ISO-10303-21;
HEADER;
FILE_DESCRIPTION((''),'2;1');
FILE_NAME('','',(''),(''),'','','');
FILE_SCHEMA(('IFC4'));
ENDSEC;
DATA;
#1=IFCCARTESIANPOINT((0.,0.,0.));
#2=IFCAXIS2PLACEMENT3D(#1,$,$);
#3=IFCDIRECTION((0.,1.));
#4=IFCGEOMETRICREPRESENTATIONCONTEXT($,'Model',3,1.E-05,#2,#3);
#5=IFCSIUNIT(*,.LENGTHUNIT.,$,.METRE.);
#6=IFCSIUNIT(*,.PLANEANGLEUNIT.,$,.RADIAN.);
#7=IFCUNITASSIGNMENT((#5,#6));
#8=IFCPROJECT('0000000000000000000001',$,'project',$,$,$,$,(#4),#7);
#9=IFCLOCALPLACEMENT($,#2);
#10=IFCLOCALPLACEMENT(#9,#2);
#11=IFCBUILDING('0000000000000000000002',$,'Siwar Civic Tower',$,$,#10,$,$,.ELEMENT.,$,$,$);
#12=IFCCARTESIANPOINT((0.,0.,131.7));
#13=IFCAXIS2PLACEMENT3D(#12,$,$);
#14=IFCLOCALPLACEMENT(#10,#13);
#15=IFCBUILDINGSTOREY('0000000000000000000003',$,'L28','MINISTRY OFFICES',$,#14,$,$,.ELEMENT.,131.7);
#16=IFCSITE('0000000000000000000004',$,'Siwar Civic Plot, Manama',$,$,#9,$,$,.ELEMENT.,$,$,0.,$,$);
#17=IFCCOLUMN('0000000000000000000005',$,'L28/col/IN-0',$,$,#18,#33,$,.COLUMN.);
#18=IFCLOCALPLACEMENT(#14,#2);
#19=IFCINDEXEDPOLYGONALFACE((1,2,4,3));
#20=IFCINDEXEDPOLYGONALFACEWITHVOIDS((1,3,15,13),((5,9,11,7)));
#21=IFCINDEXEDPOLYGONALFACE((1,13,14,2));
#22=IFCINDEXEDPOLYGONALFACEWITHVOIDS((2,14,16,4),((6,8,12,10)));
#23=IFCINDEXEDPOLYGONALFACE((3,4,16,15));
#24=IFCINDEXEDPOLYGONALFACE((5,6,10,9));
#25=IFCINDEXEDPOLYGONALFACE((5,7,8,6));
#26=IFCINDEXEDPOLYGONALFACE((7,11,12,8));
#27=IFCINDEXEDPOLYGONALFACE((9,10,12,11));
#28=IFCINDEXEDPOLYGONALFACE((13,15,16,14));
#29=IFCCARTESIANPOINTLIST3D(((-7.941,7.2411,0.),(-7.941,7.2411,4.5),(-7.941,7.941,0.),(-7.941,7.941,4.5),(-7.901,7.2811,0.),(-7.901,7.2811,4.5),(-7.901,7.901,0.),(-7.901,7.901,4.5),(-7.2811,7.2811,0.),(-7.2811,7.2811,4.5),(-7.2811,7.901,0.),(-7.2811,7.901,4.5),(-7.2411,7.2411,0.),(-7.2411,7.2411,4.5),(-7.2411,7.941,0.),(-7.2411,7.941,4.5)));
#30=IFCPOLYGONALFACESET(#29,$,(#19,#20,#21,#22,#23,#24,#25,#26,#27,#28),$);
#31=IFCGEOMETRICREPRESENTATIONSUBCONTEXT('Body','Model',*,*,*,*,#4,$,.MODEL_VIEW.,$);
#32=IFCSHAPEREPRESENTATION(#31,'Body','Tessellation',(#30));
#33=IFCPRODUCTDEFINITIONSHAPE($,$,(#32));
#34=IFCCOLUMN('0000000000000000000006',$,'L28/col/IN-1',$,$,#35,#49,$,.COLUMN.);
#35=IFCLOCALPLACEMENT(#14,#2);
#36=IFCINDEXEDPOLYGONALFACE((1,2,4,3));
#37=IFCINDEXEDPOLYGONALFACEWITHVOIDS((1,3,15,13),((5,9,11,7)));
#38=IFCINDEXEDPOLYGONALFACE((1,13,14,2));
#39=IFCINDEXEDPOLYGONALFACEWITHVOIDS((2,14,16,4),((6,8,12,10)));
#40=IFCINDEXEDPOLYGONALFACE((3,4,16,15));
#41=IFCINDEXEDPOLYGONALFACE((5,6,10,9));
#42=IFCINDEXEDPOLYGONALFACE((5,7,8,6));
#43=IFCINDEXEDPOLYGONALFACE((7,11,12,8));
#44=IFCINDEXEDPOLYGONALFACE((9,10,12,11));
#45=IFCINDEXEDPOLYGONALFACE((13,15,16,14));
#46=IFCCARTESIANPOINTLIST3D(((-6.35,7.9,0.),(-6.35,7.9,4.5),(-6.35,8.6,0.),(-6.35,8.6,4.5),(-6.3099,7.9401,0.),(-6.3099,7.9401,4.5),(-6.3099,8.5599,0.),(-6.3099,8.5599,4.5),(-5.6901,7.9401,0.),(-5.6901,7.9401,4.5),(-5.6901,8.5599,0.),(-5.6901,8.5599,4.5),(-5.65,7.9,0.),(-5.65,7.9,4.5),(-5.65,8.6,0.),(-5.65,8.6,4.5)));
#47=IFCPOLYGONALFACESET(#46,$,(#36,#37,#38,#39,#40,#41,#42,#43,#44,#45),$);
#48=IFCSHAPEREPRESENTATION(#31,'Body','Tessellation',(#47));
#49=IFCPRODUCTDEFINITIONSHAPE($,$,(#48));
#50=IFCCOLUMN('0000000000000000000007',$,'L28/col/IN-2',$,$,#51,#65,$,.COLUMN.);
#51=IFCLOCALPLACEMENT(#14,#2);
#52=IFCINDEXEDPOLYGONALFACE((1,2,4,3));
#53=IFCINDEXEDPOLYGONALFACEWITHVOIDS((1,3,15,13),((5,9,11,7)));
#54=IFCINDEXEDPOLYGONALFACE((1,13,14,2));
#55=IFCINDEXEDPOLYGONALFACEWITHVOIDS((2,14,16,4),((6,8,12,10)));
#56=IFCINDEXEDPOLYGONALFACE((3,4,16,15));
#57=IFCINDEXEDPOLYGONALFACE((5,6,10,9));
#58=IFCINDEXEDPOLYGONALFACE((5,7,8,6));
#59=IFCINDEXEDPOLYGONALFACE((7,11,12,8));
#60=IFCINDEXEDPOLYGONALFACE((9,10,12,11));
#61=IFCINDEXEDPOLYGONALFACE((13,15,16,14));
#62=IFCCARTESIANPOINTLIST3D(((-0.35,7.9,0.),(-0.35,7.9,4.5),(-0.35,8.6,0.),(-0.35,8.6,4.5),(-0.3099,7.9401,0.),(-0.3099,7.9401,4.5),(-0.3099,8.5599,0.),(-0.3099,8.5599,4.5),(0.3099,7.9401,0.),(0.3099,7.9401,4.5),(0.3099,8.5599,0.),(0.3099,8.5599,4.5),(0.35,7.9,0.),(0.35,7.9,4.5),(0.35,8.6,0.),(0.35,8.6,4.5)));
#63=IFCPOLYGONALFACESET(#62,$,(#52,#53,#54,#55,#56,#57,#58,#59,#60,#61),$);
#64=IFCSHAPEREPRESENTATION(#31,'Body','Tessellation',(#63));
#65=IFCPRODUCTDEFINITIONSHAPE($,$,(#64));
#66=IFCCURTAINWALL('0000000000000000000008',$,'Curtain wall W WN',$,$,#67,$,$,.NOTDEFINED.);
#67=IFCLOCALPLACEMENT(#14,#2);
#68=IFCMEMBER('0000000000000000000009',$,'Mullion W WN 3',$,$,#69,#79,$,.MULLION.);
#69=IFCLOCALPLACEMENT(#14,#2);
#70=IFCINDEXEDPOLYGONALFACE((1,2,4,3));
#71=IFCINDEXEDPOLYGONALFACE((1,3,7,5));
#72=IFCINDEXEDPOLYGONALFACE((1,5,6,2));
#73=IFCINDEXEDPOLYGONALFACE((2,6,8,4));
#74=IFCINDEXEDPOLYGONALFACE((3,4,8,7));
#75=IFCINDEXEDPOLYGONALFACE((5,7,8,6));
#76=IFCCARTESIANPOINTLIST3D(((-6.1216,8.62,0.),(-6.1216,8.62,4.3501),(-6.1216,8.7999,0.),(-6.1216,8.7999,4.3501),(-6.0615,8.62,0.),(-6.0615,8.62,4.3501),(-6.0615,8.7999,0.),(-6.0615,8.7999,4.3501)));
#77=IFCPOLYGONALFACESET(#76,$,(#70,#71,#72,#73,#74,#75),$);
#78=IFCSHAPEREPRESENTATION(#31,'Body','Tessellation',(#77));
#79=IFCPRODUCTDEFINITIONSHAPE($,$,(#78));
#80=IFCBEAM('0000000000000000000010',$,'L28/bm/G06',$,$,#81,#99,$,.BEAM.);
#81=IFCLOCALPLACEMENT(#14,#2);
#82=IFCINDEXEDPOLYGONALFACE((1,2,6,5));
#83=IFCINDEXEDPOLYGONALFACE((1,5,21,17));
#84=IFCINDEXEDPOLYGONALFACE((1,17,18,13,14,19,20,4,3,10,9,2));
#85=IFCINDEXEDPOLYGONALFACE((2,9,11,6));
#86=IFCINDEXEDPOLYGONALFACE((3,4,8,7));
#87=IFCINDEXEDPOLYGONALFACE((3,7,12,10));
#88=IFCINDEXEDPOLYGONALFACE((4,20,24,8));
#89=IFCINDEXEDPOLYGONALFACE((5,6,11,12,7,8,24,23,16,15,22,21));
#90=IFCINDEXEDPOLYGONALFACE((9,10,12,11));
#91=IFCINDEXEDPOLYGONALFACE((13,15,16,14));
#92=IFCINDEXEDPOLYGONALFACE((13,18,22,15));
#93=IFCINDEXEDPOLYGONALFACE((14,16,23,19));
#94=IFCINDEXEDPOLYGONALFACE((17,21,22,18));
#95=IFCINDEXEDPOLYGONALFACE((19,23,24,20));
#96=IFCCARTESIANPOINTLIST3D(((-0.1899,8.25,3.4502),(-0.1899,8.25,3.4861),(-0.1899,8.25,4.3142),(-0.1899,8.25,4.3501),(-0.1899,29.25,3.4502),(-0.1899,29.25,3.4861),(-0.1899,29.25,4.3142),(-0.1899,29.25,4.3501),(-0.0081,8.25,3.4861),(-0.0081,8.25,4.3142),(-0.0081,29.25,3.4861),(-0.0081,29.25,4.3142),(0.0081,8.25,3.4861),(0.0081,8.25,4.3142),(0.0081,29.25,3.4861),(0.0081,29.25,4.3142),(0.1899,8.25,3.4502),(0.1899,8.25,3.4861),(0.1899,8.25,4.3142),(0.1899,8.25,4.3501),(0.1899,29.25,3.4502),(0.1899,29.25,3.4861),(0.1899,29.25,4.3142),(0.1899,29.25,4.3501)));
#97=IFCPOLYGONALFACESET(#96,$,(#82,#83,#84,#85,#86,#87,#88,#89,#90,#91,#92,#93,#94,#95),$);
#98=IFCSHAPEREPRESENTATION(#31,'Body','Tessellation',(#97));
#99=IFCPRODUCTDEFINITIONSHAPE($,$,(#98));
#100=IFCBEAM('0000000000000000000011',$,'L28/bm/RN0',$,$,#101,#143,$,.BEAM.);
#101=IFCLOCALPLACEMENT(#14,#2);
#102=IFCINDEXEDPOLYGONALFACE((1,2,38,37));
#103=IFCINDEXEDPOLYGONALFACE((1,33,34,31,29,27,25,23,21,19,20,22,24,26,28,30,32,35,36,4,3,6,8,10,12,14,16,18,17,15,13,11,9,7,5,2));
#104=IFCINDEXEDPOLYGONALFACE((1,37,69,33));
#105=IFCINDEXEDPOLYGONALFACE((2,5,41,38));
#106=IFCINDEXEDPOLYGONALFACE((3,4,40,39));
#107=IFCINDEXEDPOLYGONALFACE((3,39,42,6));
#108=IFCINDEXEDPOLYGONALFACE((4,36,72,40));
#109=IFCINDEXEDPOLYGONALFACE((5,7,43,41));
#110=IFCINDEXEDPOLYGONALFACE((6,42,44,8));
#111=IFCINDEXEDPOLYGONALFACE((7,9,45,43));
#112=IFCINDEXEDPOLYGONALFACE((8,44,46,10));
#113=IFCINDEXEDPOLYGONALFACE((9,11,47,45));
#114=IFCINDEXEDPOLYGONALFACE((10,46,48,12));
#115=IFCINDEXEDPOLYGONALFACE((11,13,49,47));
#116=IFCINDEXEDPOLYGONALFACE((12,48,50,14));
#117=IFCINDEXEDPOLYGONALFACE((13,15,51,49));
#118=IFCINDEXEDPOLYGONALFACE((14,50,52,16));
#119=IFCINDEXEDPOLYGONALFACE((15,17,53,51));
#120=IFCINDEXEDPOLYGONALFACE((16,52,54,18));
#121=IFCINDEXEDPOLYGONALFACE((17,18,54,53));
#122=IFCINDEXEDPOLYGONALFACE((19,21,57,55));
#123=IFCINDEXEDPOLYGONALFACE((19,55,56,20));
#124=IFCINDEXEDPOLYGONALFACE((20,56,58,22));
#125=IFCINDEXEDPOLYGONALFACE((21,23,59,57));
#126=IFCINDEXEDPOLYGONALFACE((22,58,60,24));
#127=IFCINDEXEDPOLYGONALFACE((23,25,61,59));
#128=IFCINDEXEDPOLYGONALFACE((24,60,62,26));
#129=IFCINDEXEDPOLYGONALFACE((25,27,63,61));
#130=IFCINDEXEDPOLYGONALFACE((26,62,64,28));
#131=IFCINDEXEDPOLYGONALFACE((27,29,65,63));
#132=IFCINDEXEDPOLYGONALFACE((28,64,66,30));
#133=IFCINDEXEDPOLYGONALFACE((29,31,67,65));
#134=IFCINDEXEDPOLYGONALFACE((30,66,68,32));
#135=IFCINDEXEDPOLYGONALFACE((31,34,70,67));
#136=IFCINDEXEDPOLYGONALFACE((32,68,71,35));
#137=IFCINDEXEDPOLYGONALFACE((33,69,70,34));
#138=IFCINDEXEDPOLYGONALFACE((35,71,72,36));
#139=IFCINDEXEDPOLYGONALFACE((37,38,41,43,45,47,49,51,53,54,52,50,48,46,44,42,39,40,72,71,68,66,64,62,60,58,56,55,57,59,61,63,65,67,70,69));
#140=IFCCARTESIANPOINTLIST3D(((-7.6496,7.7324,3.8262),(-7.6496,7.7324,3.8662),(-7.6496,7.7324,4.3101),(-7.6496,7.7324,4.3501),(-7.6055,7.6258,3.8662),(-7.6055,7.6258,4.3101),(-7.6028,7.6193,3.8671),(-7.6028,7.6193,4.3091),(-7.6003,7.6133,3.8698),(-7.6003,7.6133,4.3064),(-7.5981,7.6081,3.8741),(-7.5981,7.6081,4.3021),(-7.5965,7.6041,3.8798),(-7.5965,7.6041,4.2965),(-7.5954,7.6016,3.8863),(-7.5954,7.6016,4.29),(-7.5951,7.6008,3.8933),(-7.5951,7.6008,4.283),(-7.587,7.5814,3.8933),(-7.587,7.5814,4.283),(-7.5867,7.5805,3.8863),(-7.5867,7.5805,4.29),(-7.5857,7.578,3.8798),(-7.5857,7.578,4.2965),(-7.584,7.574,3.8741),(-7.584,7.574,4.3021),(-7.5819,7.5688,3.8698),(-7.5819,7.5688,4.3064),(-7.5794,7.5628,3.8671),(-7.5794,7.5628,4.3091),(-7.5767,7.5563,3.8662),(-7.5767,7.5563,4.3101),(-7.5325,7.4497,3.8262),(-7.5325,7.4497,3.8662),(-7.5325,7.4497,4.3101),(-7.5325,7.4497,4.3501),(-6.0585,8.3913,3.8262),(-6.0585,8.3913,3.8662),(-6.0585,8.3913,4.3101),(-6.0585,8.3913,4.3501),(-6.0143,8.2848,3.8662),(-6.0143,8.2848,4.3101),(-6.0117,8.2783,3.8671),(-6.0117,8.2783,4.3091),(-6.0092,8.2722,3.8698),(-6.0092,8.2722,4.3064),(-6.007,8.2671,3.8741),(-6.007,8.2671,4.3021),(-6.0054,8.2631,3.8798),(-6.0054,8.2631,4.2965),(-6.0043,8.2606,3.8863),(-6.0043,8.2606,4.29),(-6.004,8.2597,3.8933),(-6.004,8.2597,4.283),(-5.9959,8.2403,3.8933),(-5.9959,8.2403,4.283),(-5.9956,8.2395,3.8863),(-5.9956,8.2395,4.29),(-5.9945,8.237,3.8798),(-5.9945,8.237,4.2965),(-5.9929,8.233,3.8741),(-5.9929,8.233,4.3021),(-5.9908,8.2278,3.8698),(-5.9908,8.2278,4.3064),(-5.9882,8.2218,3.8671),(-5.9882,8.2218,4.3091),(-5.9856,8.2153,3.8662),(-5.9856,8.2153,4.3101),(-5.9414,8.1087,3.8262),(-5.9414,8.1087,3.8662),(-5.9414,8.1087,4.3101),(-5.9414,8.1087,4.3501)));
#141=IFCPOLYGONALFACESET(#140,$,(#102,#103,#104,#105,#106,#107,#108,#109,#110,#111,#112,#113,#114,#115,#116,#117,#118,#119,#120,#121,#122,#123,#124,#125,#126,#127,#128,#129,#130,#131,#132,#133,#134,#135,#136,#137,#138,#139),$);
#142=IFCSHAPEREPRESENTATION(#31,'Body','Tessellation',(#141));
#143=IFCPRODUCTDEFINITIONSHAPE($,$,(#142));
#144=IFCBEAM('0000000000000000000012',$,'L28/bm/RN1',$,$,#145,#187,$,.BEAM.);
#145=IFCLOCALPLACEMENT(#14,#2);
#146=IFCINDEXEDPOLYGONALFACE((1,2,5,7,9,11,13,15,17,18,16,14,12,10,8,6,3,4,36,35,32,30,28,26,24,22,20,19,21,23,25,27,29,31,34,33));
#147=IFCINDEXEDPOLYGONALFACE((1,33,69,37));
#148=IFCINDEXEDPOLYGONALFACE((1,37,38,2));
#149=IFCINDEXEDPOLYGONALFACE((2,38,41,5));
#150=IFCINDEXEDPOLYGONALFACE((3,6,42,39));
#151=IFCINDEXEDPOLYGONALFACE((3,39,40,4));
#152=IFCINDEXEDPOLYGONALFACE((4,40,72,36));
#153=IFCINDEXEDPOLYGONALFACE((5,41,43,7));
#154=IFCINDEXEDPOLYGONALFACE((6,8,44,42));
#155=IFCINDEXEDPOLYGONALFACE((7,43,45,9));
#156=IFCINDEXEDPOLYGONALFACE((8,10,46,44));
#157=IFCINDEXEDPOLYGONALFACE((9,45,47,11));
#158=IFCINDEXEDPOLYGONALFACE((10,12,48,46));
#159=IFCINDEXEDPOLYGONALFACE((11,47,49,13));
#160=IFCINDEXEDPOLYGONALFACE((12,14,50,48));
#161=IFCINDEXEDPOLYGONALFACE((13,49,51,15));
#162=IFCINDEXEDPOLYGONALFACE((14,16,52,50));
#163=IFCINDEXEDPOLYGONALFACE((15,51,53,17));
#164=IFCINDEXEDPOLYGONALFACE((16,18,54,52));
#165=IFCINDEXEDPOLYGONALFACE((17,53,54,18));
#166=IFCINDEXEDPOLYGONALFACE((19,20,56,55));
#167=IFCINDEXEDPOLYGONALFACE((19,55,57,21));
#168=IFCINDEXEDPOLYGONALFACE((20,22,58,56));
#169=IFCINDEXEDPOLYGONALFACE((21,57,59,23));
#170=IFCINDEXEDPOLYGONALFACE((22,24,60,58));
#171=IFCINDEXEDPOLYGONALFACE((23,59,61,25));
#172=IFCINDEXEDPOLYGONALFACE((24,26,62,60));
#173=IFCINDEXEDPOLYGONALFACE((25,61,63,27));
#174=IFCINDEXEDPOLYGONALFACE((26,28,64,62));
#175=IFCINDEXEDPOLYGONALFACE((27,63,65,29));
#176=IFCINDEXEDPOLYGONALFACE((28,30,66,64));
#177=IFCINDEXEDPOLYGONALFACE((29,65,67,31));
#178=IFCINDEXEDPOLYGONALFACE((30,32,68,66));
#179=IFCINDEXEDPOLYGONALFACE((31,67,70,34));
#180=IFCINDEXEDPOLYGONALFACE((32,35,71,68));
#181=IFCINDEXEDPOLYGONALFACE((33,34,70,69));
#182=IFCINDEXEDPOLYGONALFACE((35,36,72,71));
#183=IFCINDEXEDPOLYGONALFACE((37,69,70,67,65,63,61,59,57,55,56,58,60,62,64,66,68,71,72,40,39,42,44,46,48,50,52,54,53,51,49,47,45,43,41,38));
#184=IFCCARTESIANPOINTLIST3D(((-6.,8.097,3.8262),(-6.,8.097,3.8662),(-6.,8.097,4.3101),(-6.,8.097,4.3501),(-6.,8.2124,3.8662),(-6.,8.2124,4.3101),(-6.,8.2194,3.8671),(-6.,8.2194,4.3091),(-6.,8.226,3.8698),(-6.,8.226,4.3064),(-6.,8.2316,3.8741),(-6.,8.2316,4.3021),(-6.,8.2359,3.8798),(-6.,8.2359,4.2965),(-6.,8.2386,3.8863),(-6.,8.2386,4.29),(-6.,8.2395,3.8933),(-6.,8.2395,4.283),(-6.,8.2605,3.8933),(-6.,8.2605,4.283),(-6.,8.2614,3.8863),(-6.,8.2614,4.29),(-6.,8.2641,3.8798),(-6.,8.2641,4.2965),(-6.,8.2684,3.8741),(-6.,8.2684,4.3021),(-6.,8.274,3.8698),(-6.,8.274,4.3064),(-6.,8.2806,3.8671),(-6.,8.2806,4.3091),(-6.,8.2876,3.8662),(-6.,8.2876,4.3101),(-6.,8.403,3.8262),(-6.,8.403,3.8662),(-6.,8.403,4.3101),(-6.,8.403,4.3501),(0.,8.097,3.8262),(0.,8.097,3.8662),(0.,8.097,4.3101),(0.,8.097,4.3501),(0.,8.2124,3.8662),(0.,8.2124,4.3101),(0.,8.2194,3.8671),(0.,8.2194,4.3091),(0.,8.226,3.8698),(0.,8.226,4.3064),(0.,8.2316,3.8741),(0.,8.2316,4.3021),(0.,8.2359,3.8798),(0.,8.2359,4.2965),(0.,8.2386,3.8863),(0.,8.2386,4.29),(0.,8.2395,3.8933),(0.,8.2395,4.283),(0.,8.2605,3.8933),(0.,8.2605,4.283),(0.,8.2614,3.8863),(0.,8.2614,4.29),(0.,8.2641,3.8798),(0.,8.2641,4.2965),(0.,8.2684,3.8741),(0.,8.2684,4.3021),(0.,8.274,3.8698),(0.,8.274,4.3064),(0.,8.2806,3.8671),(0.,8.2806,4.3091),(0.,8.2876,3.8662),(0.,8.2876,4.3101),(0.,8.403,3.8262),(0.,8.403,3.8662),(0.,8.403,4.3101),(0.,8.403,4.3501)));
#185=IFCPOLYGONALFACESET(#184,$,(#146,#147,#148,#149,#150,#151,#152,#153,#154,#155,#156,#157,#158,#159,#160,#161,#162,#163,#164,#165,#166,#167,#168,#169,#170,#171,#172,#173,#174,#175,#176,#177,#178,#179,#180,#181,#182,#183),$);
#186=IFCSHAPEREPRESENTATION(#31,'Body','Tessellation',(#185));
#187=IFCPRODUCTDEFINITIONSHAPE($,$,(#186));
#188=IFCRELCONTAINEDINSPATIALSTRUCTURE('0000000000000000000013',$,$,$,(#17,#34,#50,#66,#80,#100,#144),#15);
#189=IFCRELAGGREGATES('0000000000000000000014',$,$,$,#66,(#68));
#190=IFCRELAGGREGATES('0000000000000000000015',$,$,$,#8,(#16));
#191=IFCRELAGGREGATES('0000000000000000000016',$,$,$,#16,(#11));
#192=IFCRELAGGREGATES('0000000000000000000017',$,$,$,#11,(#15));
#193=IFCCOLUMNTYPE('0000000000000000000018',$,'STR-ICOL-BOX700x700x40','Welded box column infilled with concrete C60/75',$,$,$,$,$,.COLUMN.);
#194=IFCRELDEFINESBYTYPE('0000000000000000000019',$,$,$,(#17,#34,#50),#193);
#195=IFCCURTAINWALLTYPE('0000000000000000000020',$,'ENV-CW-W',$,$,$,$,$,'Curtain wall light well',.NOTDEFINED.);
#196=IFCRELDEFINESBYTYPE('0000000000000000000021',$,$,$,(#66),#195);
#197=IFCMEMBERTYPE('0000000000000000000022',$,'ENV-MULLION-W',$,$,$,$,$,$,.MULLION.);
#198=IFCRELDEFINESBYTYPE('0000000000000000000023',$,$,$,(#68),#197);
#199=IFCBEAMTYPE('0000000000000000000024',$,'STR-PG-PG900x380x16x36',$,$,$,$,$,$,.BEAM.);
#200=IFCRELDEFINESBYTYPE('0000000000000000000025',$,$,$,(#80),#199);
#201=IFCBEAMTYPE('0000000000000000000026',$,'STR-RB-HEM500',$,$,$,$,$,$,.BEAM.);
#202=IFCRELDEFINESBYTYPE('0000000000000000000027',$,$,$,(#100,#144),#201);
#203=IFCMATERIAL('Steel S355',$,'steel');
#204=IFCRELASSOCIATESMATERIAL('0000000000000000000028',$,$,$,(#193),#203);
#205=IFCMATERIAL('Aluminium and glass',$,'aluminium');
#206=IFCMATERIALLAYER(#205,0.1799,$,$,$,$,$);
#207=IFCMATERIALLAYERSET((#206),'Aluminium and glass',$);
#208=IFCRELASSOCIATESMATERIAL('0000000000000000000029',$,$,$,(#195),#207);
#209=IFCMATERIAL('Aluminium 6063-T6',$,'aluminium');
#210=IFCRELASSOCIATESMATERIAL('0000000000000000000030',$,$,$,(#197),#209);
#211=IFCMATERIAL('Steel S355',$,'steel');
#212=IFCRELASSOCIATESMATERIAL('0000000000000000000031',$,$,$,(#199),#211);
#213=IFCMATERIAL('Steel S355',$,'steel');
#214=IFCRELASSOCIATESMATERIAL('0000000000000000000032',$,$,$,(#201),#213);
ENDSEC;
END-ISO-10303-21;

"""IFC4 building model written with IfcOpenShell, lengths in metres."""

from ifc_helpers import new_model, si_unit, direction, frame, origin, origin_2d, place, context, subcontext, project, spatial, rectangle, hollow_rectangle, i_section, extrude, material, layer, layer_set, material_profile, profile_set, type_object, element, aggregate, save


model = new_model("IFC4")

# Units and contexts
model_context = context("Model", 3, precision=1e-05, world=origin(), true_north=direction((0.0, 1.0)))
body_context = subcontext(model_context, "Body", "Model", "MODEL_VIEW")
ifc_project = project(units=[si_unit("LENGTHUNIT", "METRE"), si_unit("PLANEANGLEUNIT", "RADIAN")], contexts=[model_context])

# Site, building, storey
site_placement = place(None, origin())
site = spatial("IfcSite", under=ifc_project, at=site_placement, Name="Siwar Civic Plot, Manama", CompositionType="ELEMENT", RefElevation=0.0)
building_placement = place(site_placement, origin())
building = spatial("IfcBuilding", under=site, at=building_placement, Name="Siwar Civic Tower", CompositionType="ELEMENT")
storey_placement = place(building_placement, frame((0.0, 0.0, 131.7)))
storey = spatial("IfcBuildingStorey", under=building, at=storey_placement, Name="L28", Description="MINISTRY OFFICES", CompositionType="ELEMENT", Elevation=131.7)

# Columns
ifc_material_1 = material(Name="Steel S355", Category="steel")
ifc_material_profile_1 = material_profile(ifc_material_1, hollow_rectangle(XDim=0.7, YDim=0.7, WallThickness=0.04, at=origin_2d()), Name="BOX700x700x40")
ifc_profile_set_1 = profile_set([ifc_material_profile_1], Name="Steel S355")
column_type = type_object("IfcColumnType", Name="STR-ICOL-BOX700x700x40", Description="Welded box column infilled with concrete C60/75", PredefinedType="COLUMN", material=ifc_profile_set_1)
for number, where, z_axis, x_axis, name in (
    (1, (-7.5911, 7.5911, 0.0), (0.0, 0.0, 1.0), (1.0, 0.0, 0.0), "L28/col/IN-0"),
    (2, (-6.0, 8.25, 0.0), (0.0, 0.0, 1.0), (1.0, 0.0, 0.0), "L28/col/IN-1"),
    (3, (0.0, 8.25, 0.0), (0.0, 0.0, 1.0), (1.0, 0.0, 0.0), "L28/col/IN-2"),
):
    element("IfcColumn", number, at=place(storey_placement, frame(where, z_axis=z_axis, x_axis=x_axis)), inside=storey, type_object=column_type, Name=name, PredefinedType="COLUMN", context=body_context, shape_type="SweptSolid", body=[
        extrude(hollow_rectangle(XDim=0.7, YDim=0.7, WallThickness=0.04, at=origin_2d()), origin(), (0.0, 0.0, 1.0), 4.5),
    ])

# Curtain wall, member
ifc_material_2 = material(Name="Aluminium and glass", Category="aluminium")
ifc_layer_1 = layer(ifc_material_2, 0.1799)
ifc_layer_set_1 = layer_set([ifc_layer_1], Name="Aluminium and glass")
curtain_wall_type = type_object("IfcCurtainWallType", Name="ENV-CW-W", ElementType="Curtain wall light well", PredefinedType="NOTDEFINED", material=ifc_layer_set_1)
curtain_wall_placement = place(storey_placement, origin())
curtain_wall = element("IfcCurtainWall", 4, at=curtain_wall_placement, inside=storey, type_object=curtain_wall_type, Name="Curtain wall W WN", PredefinedType="NOTDEFINED")
ifc_material_3 = material(Name="Aluminium 6063-T6", Category="aluminium")
ifc_material_profile_2 = material_profile(ifc_material_3, rectangle(XDim=0.1799, YDim=0.0601, at=origin_2d()), Name="AL 180x60")
ifc_profile_set_2 = profile_set([ifc_material_profile_2], Name="Aluminium 6063-T6")
member_type = type_object("IfcMemberType", Name="ENV-MULLION-W", PredefinedType="MULLION", material=ifc_profile_set_2)
member_placement = place(storey_placement, frame((-6.0916, 8.71, 0.0), z_axis=(0.0, 0.0, 1.0), x_axis=(0.0, -1.0, 0.0)))
member = element("IfcMember", 5, at=member_placement, type_object=member_type, Name="Mullion W WN 3", PredefinedType="MULLION", context=body_context, shape_type="SweptSolid", body=[
    extrude(rectangle(XDim=0.1799, YDim=0.0601, at=origin_2d()), origin(), (0.0, 0.0, 1.0), 4.3501),
])

# Beams
ifc_material_4 = material(Name="Steel S355", Category="steel")
ifc_material_profile_3 = material_profile(ifc_material_4, i_section(OverallWidth=0.3799, OverallDepth=0.8999, WebThickness=0.0161, FlangeThickness=0.0359, at=origin_2d()), Name="PG900x380x16x36")
ifc_profile_set_3 = profile_set([ifc_material_profile_3], Name="Steel S355")
beam_type_1 = type_object("IfcBeamType", Name="STR-PG-PG900x380x16x36", PredefinedType="BEAM", material=ifc_profile_set_3)
beam_1_placement = place(storey_placement, frame((0.0, 8.25, 3.9001), z_axis=(0.0, 1.0, 0.0), x_axis=(-1.0, 0.0, 0.0)))
element("IfcBeam", 6, at=beam_1_placement, inside=storey, type_object=beam_type_1, Name="L28/bm/G06", PredefinedType="BEAM", context=body_context, shape_type="SweptSolid", body=[
    extrude(i_section(OverallWidth=0.3799, OverallDepth=0.8999, WebThickness=0.0161, FlangeThickness=0.0359, at=origin_2d()), origin(), (0.0, 0.0, 1.0), 21.0),
])
ifc_material_5 = material(Name="Steel S355", Category="steel")
ifc_material_profile_4 = material_profile(ifc_material_5, i_section(OverallWidth=0.3059, OverallDepth=0.5239, WebThickness=0.021, FlangeThickness=0.04, FilletRadius=0.0271, at=origin_2d()), Name="HEM500")
ifc_profile_set_4 = profile_set([ifc_material_profile_4], Name="Steel S355")
beam_type_2 = type_object("IfcBeamType", Name="STR-RB-HEM500", PredefinedType="BEAM", material=ifc_profile_set_4)
beam_2_placement = place(storey_placement, frame((-7.5911, 7.5911, 4.0881), z_axis=(0.923901, 0.382631, 0.0), x_axis=(-0.382631, 0.923901, 0.0)))
element("IfcBeam", 7, at=beam_2_placement, inside=storey, type_object=beam_type_2, Name="L28/bm/RN0", PredefinedType="BEAM", context=body_context, shape_type="SweptSolid", body=[
    extrude(i_section(OverallWidth=0.3059, OverallDepth=0.5239, WebThickness=0.021, FlangeThickness=0.04, FilletRadius=0.0271, at=origin_2d()), origin(), (0.0, 0.0, 1.0), 1.7222),
])
for number, where, z_axis, x_axis, name in (
    (8, (-6.0, 8.25, 4.0881), (1.0, 0.0, 0.0), (0.0, 1.0, 0.0), "L28/bm/RN1"),
):
    element("IfcBeam", number, at=place(storey_placement, frame(where, z_axis=z_axis, x_axis=x_axis)), inside=storey, type_object=beam_type_2, Name=name, PredefinedType="BEAM", context=body_context, shape_type="SweptSolid", body=[
        extrude(i_section(OverallWidth=0.3059, OverallDepth=0.5239, WebThickness=0.021, FlangeThickness=0.04, FilletRadius=0.0271, at=origin_2d()), origin(), (0.0, 0.0, 1.0), 6.0),
    ])

aggregate(curtain_wall, [member])

save(model, "model.ifc")
